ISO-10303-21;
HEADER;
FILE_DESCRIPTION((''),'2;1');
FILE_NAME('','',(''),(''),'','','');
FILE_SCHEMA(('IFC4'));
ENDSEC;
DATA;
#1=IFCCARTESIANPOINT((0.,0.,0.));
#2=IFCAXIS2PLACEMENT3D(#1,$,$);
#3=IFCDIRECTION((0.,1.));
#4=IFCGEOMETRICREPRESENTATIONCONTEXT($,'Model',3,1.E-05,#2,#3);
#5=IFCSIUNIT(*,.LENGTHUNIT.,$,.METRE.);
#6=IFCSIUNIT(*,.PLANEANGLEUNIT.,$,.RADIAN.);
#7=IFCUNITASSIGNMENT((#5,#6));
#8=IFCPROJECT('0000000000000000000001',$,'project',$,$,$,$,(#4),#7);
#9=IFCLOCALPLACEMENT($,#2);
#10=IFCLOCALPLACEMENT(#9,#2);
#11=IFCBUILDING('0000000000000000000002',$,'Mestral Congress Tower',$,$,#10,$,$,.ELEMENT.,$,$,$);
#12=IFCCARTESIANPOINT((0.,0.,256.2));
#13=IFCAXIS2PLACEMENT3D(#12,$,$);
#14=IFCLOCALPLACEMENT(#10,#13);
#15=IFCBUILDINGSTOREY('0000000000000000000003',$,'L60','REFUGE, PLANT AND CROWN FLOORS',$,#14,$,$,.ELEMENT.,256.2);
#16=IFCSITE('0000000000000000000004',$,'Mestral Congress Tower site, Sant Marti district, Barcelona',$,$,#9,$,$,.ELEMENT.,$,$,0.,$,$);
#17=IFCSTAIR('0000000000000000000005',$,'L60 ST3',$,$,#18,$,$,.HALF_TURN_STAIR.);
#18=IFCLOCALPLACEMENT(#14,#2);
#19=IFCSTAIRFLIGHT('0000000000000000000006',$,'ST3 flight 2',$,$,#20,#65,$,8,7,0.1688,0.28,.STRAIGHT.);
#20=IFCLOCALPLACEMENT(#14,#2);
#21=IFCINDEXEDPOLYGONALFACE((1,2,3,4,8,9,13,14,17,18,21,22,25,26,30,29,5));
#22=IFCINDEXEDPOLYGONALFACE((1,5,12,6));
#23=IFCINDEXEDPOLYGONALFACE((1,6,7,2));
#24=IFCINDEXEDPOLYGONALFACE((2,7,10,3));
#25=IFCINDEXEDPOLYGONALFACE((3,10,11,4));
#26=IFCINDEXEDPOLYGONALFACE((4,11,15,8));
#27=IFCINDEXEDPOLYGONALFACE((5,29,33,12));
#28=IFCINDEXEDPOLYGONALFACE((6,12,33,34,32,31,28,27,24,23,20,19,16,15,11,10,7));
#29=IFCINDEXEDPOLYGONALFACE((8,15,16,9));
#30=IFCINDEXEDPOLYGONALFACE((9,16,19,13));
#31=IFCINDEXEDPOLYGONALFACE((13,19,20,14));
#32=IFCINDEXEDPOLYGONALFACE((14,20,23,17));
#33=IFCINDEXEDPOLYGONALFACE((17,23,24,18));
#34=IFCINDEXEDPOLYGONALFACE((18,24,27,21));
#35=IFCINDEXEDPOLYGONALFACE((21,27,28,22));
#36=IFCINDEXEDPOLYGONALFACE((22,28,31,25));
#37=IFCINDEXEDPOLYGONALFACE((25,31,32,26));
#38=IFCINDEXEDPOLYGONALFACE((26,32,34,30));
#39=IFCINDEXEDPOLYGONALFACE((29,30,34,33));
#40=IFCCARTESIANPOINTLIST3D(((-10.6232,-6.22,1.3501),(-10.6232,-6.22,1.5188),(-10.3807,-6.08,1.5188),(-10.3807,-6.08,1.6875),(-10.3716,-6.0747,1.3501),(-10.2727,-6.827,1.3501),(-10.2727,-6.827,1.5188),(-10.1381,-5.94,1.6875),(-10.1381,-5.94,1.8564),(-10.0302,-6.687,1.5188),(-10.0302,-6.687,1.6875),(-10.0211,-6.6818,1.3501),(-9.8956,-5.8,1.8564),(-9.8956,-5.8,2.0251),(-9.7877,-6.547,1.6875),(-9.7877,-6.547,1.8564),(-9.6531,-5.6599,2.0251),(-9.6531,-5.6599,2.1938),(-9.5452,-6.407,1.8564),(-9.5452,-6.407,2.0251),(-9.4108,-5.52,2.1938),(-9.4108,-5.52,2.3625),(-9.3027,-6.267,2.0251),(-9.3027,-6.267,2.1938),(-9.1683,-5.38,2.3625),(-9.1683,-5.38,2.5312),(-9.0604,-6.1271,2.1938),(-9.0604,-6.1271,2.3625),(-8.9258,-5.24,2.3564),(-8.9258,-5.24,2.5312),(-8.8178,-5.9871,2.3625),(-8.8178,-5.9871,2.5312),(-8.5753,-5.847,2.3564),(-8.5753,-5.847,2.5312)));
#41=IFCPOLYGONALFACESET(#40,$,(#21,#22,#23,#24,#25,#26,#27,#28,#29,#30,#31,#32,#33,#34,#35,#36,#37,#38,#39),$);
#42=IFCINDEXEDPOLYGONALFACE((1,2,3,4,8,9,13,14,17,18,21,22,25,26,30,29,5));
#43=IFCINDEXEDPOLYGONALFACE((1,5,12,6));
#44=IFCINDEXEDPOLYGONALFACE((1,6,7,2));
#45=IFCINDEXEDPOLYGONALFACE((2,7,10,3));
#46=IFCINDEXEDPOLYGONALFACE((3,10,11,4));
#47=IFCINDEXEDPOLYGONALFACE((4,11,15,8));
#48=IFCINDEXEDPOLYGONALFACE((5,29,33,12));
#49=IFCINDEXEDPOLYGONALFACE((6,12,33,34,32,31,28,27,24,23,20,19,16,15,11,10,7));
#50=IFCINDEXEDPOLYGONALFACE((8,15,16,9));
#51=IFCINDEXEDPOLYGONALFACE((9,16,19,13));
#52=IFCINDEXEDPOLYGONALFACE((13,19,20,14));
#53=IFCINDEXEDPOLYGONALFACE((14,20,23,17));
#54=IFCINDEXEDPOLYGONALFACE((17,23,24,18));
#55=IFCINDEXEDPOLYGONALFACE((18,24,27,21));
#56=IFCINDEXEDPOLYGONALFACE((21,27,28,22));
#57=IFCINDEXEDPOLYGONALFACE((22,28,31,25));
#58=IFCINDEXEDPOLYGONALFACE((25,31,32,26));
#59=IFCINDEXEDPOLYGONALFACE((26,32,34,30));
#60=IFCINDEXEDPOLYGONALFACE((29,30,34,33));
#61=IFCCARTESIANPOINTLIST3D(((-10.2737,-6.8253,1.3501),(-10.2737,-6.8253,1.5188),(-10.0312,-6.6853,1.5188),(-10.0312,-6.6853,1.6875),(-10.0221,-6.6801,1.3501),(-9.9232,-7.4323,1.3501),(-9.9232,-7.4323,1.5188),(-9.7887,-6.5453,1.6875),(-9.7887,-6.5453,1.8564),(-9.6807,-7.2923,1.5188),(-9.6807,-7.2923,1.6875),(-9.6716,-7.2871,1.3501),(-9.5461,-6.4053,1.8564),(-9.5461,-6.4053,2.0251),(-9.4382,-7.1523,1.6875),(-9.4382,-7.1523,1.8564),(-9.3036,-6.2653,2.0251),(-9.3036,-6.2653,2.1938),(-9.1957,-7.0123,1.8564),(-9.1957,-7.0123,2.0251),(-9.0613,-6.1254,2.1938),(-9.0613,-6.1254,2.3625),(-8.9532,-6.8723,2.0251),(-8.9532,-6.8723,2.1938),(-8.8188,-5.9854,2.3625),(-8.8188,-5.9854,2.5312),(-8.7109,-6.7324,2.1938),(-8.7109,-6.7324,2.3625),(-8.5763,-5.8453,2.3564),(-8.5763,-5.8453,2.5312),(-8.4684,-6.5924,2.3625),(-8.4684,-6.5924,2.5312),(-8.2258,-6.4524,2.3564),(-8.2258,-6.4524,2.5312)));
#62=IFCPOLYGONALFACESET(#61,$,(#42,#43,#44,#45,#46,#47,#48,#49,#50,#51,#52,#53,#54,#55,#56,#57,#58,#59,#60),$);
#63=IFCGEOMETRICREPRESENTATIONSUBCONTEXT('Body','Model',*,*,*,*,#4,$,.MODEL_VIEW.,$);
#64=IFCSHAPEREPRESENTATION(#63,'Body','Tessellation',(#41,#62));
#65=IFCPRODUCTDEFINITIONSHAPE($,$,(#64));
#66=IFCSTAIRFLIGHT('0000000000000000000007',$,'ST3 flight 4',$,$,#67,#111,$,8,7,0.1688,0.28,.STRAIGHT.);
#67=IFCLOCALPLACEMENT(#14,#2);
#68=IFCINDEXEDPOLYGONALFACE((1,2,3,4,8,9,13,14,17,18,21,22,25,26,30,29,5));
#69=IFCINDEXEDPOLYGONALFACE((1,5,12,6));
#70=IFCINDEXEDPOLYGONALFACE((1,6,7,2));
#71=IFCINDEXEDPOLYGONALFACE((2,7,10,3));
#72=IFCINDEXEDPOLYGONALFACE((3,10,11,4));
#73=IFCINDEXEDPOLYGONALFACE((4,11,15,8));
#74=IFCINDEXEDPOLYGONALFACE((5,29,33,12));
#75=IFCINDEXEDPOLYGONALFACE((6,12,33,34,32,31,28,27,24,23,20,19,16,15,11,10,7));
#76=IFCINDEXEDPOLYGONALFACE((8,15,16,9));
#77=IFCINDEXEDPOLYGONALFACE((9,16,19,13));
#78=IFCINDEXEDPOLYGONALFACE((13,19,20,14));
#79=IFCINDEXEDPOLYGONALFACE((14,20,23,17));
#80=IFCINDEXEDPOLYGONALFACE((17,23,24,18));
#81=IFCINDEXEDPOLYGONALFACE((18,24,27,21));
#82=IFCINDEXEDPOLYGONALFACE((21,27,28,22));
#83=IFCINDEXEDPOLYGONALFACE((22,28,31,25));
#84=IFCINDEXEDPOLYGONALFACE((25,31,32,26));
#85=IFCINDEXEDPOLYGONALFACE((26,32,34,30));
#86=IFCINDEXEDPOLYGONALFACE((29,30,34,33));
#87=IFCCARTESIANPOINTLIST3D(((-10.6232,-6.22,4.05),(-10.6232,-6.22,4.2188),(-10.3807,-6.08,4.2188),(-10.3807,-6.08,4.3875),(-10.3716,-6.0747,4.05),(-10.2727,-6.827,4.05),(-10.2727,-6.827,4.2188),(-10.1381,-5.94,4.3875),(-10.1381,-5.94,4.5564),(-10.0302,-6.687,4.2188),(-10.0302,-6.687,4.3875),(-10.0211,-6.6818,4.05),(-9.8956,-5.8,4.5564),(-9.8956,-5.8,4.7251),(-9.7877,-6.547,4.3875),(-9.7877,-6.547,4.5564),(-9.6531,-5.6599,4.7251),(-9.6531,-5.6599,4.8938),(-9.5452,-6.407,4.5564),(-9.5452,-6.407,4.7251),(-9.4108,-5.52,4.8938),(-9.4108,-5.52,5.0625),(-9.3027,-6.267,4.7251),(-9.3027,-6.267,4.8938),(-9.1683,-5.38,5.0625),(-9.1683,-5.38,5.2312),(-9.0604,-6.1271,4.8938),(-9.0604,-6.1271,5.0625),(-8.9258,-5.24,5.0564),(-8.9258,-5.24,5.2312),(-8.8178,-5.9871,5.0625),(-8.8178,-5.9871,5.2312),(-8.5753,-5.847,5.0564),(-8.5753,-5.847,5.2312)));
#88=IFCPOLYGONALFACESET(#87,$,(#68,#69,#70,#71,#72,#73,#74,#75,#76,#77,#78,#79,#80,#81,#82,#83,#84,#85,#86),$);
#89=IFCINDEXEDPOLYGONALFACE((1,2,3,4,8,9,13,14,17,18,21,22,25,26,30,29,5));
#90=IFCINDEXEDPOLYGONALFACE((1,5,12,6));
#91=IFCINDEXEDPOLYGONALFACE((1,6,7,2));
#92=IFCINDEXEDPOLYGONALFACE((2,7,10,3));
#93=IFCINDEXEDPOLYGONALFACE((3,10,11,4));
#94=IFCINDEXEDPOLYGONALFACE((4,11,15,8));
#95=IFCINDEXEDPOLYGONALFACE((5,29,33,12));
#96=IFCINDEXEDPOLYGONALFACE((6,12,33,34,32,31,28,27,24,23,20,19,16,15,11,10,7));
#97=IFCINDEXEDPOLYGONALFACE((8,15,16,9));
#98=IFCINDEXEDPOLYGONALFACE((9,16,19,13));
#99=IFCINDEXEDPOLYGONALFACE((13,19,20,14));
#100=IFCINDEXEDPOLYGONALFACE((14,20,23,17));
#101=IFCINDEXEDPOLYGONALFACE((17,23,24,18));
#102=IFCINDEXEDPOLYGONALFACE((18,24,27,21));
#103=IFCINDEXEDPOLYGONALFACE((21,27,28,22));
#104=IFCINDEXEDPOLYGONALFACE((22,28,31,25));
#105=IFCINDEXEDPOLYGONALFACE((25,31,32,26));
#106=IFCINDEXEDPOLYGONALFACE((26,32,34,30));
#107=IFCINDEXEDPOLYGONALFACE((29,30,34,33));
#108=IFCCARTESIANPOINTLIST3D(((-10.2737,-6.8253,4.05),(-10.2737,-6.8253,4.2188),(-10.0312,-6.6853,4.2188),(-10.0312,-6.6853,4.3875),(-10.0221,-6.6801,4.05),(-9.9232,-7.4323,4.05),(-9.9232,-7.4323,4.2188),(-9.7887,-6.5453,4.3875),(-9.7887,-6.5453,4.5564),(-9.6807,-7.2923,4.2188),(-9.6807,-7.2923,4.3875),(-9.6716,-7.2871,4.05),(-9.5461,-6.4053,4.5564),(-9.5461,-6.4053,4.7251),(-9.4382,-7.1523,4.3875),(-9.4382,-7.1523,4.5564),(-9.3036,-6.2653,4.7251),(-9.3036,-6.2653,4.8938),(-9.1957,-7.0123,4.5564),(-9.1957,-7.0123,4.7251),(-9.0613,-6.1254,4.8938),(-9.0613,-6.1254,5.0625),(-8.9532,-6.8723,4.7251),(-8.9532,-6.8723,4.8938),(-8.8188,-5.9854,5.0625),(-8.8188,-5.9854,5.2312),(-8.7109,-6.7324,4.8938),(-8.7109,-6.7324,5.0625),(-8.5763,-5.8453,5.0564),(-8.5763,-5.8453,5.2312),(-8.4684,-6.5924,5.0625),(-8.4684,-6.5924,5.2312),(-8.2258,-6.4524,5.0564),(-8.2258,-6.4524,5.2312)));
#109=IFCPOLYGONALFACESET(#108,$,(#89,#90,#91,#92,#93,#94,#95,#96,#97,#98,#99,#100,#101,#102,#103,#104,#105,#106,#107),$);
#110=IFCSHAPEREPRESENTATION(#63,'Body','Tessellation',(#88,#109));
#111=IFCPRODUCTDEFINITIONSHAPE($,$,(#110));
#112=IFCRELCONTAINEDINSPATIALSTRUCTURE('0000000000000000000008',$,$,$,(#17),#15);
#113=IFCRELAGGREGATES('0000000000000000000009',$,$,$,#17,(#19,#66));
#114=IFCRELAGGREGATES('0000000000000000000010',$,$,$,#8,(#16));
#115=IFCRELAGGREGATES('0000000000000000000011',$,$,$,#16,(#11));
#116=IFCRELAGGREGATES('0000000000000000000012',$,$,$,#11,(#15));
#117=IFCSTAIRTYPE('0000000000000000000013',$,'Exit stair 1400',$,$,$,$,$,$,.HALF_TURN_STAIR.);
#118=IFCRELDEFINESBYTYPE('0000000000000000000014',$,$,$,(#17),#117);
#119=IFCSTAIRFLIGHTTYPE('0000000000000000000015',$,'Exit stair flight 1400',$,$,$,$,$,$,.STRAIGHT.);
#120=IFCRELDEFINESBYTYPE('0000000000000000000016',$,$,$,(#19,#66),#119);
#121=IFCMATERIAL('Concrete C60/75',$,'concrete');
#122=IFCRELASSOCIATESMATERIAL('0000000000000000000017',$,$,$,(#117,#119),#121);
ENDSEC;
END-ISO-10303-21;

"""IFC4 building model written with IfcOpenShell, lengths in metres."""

from ifc_helpers import new_model, si_unit, direction, frame, origin, place, context, subcontext, project, spatial, polyline, outline, extrude, material, type_object, element, aggregate, save


model = new_model("IFC4")

# Units and contexts
model_context = context("Model", 3, precision=1e-05, world=origin(), true_north=direction((0.0, 1.0)))
body_context = subcontext(model_context, "Body", "Model", "MODEL_VIEW")
ifc_project = project(units=[si_unit("LENGTHUNIT", "METRE"), si_unit("PLANEANGLEUNIT", "RADIAN")], contexts=[model_context])

# Site, building, storey
site_placement = place(None, origin())
site = spatial("IfcSite", under=ifc_project, at=site_placement, Name="Mestral Congress Tower site, Sant Marti district, Barcelona", CompositionType="ELEMENT", RefElevation=0.0)
building_placement = place(site_placement, origin())
building = spatial("IfcBuilding", under=site, at=building_placement, Name="Mestral Congress Tower", CompositionType="ELEMENT")
storey_placement = place(building_placement, frame((0.0, 0.0, 256.2)))
storey = spatial("IfcBuildingStorey", under=building, at=storey_placement, Name="L60", Description="REFUGE, PLANT AND CROWN FLOORS", CompositionType="ELEMENT", Elevation=256.2)

# Shared definitions
placement = place(storey_placement, origin())

# Shared definitions
ifc_material_1 = material(Name="Concrete C60/75", Category="concrete")

# Stair, stair flights
stair_type = type_object("IfcStairType", Name="Exit stair 1400", PredefinedType="HALF_TURN_STAIR", material=ifc_material_1)
stair = element("IfcStair", 1, at=placement, inside=storey, type_object=stair_type, Name="L60 ST3", PredefinedType="HALF_TURN_STAIR")
stair_flight_type = type_object("IfcStairFlightType", Name="Exit stair flight 1400", PredefinedType="STRAIGHT", material=ifc_material_1)
stair_flight_1_placement = place(storey_placement, frame((-10.2732, -6.8262, 1.3501), z_axis=(0.0, 0.0, 1.0), x_axis=(0.866025, 0.5, 0.0)))
stair_flight_1 = element("IfcStairFlight", 2, at=stair_flight_1_placement, type_object=stair_flight_type, Name="ST3 flight 2", NumberOfRisers=8, NumberOfTreads=7, PredefinedType="STRAIGHT", RiserHeight=0.1688, TreadLength=0.28, context=body_context, shape_type="SweptSolid", body=[
    extrude(outline(polyline([(0.0, 0.0), (0.0, 0.1687), (0.28, 0.1687), (0.28, 0.3374), (0.5601, 0.3374), (0.5601, 0.5063), (0.8401, 0.5063), (0.8401, 0.675), (1.1201, 0.675), (1.1201, 0.8438), (1.3999, 0.8438), (1.3999, 1.0125), (1.6799, 1.0125), (1.6799, 1.1812), (1.96, 1.1812), (1.96, 1.3501), (1.96, 1.0063), (0.2905, 0.0), (0.0, 0.0)])), frame((0.0, 0.7, 0.0), z_axis=(0.0, -1.0, 0.0), x_axis=(1.0, 0.0, 0.0)), (0.0, 0.0, 1.0), 0.7009),
    extrude(outline(polyline([(0.0, 0.0), (0.0, 0.1687), (0.28, 0.1687), (0.28, 0.3374), (0.5601, 0.3374), (0.5601, 0.5063), (0.8401, 0.5063), (0.8401, 0.675), (1.1201, 0.675), (1.1201, 0.8438), (1.3999, 0.8438), (1.3999, 1.0125), (1.6799, 1.0125), (1.6799, 1.1812), (1.96, 1.1812), (1.96, 1.3501), (1.96, 1.0063), (0.2905, 0.0), (0.0, 0.0)])), frame((0.0, 0.001, 0.0), z_axis=(0.0, -1.0, 0.0), x_axis=(1.0, 0.0, 0.0)), (0.0, 0.0, 1.0), 0.7009),
])
stair_flight_2_placement = place(storey_placement, frame((-10.2732, -6.8262, 4.05), z_axis=(0.0, 0.0, 1.0), x_axis=(0.866025, 0.5, 0.0)))
stair_flight_2 = element("IfcStairFlight", 3, at=stair_flight_2_placement, type_object=stair_flight_type, Name="ST3 flight 4", NumberOfRisers=8, NumberOfTreads=7, PredefinedType="STRAIGHT", RiserHeight=0.1688, TreadLength=0.28, context=body_context, shape_type="SweptSolid", body=[
    extrude(outline(polyline([(0.0, 0.0), (0.0, 0.1687), (0.28, 0.1687), (0.28, 0.3374), (0.5601, 0.3374), (0.5601, 0.5063), (0.8401, 0.5063), (0.8401, 0.675), (1.1201, 0.675), (1.1201, 0.8438), (1.3999, 0.8438), (1.3999, 1.0125), (1.6799, 1.0125), (1.6799, 1.1812), (1.96, 1.1812), (1.96, 1.3501), (1.96, 1.0063), (0.2905, 0.0), (0.0, 0.0)])), frame((0.0, 0.7, 0.0), z_axis=(0.0, -1.0, 0.0), x_axis=(1.0, 0.0, 0.0)), (0.0, 0.0, 1.0), 0.7009),
    extrude(outline(polyline([(0.0, 0.0), (0.0, 0.1687), (0.28, 0.1687), (0.28, 0.3374), (0.5601, 0.3374), (0.5601, 0.5063), (0.8401, 0.5063), (0.8401, 0.675), (1.1201, 0.675), (1.1201, 0.8438), (1.3999, 0.8438), (1.3999, 1.0125), (1.6799, 1.0125), (1.6799, 1.1812), (1.96, 1.1812), (1.96, 1.3501), (1.96, 1.0063), (0.2905, 0.0), (0.0, 0.0)])), frame((0.0, 0.001, 0.0), z_axis=(0.0, -1.0, 0.0), x_axis=(1.0, 0.0, 0.0)), (0.0, 0.0, 1.0), 0.7009),
])
aggregate(stair, [stair_flight_1, stair_flight_2])

save(model, "model.ifc")
